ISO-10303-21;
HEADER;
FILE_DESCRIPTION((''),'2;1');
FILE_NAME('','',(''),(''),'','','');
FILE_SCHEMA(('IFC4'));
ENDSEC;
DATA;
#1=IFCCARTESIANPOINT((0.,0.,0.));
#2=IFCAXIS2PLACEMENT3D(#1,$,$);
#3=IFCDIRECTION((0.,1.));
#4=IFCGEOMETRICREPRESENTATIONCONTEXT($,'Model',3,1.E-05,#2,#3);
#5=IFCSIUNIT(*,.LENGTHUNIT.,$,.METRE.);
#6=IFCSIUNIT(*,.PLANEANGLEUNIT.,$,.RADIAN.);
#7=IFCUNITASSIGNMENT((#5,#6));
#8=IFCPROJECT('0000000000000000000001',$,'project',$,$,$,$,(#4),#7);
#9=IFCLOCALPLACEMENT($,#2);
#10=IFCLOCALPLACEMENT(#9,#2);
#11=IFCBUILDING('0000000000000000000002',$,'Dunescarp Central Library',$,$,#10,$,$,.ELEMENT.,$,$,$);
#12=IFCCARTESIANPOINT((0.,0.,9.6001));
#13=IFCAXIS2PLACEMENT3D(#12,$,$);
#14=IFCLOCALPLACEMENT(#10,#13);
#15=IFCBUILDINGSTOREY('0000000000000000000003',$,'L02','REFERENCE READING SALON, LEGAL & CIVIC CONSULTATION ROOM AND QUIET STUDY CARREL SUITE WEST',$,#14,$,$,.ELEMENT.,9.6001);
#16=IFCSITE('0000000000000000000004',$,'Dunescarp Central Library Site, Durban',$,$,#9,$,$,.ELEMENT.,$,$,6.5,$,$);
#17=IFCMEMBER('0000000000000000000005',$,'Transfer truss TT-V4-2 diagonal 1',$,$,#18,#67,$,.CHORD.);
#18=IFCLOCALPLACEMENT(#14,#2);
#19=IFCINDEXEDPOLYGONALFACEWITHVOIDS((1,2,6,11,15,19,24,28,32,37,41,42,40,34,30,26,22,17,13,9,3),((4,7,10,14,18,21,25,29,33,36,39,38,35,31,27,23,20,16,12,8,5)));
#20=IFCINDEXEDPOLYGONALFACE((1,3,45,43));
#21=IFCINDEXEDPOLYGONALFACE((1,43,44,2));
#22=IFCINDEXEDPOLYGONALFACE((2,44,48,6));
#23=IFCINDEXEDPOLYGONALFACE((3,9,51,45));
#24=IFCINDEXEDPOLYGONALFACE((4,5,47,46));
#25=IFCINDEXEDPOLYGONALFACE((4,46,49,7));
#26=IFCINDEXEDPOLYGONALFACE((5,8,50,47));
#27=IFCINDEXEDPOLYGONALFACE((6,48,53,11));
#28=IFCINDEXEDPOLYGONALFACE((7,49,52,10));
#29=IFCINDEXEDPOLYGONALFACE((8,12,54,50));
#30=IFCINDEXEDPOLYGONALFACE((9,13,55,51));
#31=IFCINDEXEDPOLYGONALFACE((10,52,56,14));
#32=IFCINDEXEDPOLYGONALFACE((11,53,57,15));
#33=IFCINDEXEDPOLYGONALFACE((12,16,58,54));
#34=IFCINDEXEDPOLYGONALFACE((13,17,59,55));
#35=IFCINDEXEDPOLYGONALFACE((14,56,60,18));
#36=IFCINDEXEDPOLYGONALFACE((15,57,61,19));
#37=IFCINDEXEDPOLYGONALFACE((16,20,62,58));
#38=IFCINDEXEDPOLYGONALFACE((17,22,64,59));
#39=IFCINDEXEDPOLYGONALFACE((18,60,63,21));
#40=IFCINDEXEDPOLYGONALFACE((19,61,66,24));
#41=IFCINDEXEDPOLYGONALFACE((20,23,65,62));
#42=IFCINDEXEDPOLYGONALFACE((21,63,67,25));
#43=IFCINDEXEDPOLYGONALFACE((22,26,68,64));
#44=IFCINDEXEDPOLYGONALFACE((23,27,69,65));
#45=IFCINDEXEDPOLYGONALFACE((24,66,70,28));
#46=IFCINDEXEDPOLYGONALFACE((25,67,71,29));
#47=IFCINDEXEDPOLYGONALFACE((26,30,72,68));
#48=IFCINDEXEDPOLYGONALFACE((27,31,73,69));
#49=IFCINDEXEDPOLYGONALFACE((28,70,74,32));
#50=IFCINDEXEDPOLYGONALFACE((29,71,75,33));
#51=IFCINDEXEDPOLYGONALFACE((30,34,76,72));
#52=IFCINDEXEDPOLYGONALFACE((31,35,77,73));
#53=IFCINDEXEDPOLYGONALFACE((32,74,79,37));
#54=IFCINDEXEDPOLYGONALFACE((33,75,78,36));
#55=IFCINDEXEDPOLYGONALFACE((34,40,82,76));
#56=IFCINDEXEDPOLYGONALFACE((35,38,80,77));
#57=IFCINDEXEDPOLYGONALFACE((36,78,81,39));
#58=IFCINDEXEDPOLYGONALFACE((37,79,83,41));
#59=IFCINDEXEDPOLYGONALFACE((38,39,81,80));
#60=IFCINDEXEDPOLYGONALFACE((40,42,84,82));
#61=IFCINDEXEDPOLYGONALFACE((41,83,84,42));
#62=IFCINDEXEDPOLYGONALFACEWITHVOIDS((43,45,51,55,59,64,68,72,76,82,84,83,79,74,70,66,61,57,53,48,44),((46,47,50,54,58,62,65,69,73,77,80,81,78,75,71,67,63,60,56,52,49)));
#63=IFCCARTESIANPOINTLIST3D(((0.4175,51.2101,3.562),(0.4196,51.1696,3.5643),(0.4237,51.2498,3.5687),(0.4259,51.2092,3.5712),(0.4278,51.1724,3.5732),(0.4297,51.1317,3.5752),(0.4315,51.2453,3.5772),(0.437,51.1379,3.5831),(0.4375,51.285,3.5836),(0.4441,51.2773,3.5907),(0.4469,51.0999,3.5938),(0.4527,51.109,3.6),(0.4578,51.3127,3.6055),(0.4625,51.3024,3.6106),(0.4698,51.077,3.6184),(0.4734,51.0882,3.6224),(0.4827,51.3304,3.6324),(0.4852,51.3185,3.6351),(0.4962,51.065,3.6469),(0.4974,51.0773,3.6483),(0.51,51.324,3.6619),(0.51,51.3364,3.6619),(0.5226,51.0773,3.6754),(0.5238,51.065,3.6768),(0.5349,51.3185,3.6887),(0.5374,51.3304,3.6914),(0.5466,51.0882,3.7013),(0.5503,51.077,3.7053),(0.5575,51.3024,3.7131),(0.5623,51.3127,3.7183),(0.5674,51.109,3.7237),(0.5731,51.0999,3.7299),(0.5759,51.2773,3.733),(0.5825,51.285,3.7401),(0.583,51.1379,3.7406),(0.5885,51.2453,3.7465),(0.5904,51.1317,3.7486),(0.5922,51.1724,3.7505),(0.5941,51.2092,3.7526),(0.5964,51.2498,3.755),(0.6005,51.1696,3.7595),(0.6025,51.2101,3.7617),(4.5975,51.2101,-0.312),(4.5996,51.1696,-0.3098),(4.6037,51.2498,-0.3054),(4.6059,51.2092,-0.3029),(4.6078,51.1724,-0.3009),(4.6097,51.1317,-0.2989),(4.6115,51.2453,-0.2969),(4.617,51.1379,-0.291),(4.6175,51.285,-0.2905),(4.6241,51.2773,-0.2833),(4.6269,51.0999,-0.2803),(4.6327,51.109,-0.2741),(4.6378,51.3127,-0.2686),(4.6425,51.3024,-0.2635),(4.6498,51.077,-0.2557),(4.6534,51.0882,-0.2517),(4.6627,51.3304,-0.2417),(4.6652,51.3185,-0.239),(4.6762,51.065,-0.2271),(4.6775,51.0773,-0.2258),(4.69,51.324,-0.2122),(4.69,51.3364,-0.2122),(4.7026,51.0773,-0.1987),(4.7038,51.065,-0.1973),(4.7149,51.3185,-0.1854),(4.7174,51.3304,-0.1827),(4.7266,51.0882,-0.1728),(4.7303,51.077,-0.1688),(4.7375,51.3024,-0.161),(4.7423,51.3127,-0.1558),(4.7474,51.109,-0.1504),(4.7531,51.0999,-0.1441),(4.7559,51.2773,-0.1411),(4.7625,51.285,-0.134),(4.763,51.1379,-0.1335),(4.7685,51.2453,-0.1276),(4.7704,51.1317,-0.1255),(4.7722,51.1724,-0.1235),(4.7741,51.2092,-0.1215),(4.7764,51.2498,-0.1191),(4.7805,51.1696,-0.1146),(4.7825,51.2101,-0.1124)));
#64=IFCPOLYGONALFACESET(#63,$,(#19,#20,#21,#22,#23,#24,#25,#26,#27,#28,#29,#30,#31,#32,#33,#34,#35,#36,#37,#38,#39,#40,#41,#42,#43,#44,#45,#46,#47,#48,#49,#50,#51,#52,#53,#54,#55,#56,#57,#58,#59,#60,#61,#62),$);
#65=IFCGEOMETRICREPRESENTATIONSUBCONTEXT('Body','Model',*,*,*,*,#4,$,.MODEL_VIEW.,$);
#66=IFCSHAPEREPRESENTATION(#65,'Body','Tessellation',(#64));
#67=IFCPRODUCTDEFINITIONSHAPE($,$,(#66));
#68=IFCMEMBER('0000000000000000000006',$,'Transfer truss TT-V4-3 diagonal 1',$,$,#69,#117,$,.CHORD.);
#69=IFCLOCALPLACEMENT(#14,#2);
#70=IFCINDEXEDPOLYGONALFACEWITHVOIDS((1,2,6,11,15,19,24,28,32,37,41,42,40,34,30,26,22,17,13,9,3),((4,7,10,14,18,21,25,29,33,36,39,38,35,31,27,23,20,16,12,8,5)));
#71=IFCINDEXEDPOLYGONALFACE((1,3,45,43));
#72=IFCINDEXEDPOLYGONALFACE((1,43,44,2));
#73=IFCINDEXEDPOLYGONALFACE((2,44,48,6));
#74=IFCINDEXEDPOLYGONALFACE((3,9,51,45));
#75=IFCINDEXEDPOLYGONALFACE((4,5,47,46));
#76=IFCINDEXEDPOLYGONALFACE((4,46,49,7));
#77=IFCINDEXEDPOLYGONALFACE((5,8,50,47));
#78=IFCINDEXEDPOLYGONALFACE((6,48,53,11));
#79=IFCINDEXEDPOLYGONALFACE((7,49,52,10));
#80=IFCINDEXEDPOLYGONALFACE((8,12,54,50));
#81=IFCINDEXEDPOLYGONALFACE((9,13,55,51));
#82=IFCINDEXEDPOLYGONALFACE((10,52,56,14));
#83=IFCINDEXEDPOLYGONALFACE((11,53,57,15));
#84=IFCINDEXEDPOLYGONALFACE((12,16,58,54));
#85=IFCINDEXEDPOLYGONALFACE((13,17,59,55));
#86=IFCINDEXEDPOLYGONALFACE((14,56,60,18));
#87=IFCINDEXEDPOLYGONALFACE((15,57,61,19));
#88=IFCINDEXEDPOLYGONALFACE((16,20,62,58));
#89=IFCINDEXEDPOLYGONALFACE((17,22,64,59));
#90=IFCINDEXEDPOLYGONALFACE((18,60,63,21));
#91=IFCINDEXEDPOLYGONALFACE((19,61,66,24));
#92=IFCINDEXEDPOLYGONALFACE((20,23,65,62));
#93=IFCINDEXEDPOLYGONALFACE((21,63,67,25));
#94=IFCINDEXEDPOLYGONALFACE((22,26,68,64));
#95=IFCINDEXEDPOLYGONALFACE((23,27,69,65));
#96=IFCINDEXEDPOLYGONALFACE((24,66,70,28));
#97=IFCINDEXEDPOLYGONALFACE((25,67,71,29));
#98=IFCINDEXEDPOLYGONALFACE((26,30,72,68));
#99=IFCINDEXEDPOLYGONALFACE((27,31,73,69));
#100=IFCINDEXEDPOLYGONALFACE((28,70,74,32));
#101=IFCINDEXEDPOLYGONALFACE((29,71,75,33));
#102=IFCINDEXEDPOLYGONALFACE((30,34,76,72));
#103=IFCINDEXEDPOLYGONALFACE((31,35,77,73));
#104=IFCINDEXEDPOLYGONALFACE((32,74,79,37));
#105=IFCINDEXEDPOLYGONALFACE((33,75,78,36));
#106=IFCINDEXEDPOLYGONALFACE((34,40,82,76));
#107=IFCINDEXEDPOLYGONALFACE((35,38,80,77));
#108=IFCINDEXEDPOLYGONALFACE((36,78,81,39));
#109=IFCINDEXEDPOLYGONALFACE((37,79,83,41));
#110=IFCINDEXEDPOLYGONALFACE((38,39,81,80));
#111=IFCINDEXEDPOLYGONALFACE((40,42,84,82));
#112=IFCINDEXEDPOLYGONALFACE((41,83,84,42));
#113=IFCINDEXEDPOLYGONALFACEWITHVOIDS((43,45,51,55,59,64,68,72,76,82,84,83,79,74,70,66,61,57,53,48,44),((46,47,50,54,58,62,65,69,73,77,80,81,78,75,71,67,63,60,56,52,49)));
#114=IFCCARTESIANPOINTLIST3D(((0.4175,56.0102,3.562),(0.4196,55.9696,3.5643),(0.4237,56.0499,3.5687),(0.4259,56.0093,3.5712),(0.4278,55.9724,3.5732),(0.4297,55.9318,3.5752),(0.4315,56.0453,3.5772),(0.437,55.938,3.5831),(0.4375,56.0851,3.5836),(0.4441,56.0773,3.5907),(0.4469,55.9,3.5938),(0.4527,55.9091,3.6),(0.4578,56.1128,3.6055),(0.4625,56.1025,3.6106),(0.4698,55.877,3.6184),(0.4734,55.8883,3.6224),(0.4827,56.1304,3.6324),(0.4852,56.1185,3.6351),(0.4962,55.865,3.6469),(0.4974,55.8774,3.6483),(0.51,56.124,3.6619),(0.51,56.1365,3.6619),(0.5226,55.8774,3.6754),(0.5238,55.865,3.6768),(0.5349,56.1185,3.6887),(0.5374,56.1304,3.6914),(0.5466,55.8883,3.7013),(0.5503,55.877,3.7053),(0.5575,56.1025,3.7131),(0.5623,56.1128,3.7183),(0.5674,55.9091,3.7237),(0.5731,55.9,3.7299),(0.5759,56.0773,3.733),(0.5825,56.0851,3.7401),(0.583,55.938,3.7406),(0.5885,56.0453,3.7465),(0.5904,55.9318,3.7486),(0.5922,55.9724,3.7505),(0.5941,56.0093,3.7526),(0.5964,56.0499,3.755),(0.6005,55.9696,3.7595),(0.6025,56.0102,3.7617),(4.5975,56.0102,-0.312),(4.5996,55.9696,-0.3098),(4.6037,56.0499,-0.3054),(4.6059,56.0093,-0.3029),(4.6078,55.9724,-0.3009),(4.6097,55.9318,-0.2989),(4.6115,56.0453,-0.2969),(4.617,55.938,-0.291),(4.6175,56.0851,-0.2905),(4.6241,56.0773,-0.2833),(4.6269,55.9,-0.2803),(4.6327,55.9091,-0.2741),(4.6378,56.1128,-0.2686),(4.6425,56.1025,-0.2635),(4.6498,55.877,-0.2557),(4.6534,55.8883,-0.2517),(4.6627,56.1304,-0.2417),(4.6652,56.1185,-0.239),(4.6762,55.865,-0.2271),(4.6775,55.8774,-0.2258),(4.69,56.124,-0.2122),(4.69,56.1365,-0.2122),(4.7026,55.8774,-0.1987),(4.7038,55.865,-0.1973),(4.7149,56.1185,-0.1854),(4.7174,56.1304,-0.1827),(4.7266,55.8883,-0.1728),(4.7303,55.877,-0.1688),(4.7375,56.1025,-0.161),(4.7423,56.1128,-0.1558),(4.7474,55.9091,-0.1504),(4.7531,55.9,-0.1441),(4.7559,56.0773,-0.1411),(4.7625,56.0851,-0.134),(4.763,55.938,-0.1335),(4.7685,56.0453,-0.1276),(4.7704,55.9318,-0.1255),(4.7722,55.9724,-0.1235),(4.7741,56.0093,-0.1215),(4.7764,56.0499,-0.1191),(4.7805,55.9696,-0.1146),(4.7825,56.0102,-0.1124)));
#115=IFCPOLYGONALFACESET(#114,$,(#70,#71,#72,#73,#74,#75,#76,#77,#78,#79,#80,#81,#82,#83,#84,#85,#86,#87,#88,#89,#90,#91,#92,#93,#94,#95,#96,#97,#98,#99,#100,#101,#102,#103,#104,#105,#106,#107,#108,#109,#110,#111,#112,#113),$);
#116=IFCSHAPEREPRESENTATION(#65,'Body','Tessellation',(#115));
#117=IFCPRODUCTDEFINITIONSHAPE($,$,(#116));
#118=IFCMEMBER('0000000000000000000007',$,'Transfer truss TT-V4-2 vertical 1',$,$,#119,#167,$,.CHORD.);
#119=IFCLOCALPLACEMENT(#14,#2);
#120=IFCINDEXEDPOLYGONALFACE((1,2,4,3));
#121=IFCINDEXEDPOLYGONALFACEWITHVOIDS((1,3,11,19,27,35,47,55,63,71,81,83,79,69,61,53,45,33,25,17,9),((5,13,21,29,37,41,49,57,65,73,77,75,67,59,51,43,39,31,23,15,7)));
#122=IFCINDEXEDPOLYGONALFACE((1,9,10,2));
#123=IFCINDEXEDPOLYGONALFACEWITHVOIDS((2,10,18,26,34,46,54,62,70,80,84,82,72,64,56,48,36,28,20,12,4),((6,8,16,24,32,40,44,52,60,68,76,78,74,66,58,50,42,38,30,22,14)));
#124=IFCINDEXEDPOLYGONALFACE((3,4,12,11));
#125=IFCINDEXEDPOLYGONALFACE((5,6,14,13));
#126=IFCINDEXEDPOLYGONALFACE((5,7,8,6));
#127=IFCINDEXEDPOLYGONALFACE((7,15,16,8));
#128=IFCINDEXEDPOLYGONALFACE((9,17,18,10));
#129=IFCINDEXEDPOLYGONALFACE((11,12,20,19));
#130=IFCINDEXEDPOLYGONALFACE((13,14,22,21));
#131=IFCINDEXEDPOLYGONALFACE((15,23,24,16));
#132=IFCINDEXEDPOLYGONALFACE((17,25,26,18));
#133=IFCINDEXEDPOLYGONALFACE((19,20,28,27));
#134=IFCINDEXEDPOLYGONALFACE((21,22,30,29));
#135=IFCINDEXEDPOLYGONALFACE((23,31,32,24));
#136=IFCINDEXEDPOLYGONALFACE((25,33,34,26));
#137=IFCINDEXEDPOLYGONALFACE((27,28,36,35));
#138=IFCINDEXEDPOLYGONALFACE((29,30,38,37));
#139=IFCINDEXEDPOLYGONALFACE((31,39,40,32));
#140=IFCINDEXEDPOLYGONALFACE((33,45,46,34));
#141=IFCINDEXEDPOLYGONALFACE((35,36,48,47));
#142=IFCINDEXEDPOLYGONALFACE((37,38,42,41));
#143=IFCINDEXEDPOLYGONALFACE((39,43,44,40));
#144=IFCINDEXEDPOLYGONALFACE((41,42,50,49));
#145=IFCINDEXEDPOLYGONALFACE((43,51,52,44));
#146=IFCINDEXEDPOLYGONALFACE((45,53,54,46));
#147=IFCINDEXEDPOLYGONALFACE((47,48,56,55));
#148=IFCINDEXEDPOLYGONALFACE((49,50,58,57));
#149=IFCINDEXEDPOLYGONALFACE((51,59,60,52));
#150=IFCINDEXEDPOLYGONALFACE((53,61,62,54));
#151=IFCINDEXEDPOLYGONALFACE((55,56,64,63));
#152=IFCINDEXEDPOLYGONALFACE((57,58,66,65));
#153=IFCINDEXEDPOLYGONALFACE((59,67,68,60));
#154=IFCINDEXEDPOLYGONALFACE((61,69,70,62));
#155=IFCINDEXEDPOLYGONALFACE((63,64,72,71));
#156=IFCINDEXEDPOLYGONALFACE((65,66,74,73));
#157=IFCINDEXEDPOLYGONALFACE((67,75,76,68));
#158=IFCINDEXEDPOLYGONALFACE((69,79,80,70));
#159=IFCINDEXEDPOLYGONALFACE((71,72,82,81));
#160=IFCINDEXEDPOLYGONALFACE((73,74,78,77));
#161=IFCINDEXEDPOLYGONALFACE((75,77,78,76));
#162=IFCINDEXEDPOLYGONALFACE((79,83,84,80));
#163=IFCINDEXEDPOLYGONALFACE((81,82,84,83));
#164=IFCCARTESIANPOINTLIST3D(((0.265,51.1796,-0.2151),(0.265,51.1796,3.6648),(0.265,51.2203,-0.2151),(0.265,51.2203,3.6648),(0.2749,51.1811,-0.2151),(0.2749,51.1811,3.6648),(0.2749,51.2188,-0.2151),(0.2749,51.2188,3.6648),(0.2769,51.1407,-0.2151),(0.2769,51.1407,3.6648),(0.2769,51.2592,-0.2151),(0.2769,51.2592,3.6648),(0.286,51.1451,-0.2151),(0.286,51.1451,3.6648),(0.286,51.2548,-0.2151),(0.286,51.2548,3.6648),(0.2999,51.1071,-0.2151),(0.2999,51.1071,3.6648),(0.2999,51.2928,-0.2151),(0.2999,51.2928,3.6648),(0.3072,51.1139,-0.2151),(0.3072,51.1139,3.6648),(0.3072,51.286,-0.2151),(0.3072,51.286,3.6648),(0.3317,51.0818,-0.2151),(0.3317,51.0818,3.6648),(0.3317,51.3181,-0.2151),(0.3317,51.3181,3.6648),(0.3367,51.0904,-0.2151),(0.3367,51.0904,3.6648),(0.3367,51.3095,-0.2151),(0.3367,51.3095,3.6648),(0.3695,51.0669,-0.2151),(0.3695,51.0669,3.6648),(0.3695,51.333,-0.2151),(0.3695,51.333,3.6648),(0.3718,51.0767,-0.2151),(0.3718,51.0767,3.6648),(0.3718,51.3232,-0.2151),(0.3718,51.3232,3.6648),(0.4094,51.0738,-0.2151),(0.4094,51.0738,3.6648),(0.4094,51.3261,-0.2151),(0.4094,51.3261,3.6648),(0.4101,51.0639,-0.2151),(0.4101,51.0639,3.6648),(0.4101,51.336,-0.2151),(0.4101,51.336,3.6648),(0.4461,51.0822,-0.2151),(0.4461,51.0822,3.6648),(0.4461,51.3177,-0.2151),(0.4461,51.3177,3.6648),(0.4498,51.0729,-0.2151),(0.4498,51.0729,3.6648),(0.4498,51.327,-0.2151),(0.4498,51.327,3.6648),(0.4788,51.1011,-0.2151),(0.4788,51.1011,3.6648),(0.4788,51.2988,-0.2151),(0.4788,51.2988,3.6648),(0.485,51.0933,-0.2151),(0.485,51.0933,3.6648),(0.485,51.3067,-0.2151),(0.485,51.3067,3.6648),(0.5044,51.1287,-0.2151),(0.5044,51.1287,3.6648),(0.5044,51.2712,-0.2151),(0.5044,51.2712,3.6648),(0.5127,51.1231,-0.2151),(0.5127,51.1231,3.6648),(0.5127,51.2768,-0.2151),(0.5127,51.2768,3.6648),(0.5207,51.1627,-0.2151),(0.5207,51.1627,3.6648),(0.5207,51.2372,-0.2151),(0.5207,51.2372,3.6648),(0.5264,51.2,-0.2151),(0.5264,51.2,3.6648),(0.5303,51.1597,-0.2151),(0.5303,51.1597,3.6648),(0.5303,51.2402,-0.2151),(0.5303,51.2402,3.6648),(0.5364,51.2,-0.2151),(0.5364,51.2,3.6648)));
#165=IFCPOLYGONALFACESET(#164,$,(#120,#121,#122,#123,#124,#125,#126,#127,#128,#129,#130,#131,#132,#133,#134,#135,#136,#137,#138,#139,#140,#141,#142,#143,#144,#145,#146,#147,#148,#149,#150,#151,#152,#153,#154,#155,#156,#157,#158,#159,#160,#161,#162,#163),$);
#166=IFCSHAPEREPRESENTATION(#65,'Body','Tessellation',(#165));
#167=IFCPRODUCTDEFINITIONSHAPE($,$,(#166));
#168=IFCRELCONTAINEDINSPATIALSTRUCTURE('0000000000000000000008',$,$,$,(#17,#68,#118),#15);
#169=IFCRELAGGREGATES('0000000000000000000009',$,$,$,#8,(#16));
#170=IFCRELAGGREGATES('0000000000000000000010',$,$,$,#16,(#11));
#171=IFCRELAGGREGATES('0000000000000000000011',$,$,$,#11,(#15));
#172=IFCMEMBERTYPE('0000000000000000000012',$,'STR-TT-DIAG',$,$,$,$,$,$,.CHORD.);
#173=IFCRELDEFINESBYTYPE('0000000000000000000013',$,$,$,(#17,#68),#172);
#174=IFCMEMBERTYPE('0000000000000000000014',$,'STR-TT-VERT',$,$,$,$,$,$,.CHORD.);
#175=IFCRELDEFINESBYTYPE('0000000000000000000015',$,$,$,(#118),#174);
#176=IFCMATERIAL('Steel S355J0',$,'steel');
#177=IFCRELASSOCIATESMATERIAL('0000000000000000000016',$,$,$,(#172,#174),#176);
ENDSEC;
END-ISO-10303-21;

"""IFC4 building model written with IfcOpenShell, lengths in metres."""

from ifc_helpers import new_model, si_unit, direction, frame, origin, origin_2d, place, context, subcontext, project, spatial, hollow_circle, extrude, material, material_profile, profile_set, type_object, element, save


model = new_model("IFC4")

# Units and contexts
model_context = context("Model", 3, precision=1e-05, world=origin(), true_north=direction((0.0, 1.0)))
body_context = subcontext(model_context, "Body", "Model", "MODEL_VIEW")
ifc_project = project(units=[si_unit("LENGTHUNIT", "METRE"), si_unit("PLANEANGLEUNIT", "RADIAN")], contexts=[model_context])

# Site, building, storey
site_placement = place(None, origin())
site = spatial("IfcSite", under=ifc_project, at=site_placement, Name="Dunescarp Central Library Site, Durban", CompositionType="ELEMENT", RefElevation=6.5)
building_placement = place(site_placement, origin())
building = spatial("IfcBuilding", under=site, at=building_placement, Name="Dunescarp Central Library", CompositionType="ELEMENT")
storey_placement = place(building_placement, frame((0.0, 0.0, 9.6001)))
storey = spatial("IfcBuildingStorey", under=building, at=storey_placement, Name="L02", Description="REFERENCE READING SALON, LEGAL & CIVIC CONSULTATION ROOM AND QUIET STUDY CARREL SUITE WEST", CompositionType="ELEMENT", Elevation=9.6001)

# Shared definitions
ifc_material_1 = material(Name="Steel S355J0", Category="steel")

# Members
ifc_material_profile_1 = material_profile(ifc_material_1, hollow_circle(Radius=0.1365, WallThickness=0.0125, at=origin_2d()), Name="CHS 273x12.5")
ifc_profile_set_1 = profile_set([ifc_material_profile_1], Name="Steel S355J0")
member_type_1 = type_object("IfcMemberType", Name="STR-TT-DIAG", PredefinedType="CHORD", material=ifc_profile_set_1)
for number, where, z_axis, x_axis, name in (
    (1, (0.51, 51.2, 3.6619), (0.733436, 0.0, -0.679759), (0.0, 1.0, 0.0), "Transfer truss TT-V4-2 diagonal 1"),
    (2, (0.51, 56.0, 3.6619), (0.733436, 0.0, -0.679759), (0.0, 1.0, 0.0), "Transfer truss TT-V4-3 diagonal 1"),
):
    element("IfcMember", number, at=place(storey_placement, frame(where, z_axis=z_axis, x_axis=x_axis)), inside=storey, type_object=member_type_1, Name=name, PredefinedType="CHORD", context=body_context, shape_type="SweptSolid", body=[
        extrude(hollow_circle(Radius=0.1365, WallThickness=0.0125, at=origin_2d()), origin(), (0.0, 0.0, 1.0), 5.6992),
    ])
ifc_material_profile_2 = material_profile(ifc_material_1, hollow_circle(Radius=0.1365, WallThickness=0.01, at=origin_2d()), Name="CHS 273x10")
ifc_profile_set_2 = profile_set([ifc_material_profile_2], Name="Steel S355J0")
member_type_2 = type_object("IfcMemberType", Name="STR-TT-VERT", PredefinedType="CHORD", material=ifc_profile_set_2)
for number, where, z_axis, x_axis, name in (
    (3, (0.3999, 51.2, -0.2151), (0.0, 0.0, 1.0), (1.0, 0.0, 0.0), "Transfer truss TT-V4-2 vertical 1"),
):
    element("IfcMember", number, at=place(storey_placement, frame(where, z_axis=z_axis, x_axis=x_axis)), inside=storey, type_object=member_type_2, Name=name, PredefinedType="CHORD", context=body_context, shape_type="SweptSolid", body=[
        extrude(hollow_circle(Radius=0.1365, WallThickness=0.01, at=origin_2d()), origin(), (0.0, 0.0, 1.0), 3.8799),
    ])

save(model, "model.ifc")
